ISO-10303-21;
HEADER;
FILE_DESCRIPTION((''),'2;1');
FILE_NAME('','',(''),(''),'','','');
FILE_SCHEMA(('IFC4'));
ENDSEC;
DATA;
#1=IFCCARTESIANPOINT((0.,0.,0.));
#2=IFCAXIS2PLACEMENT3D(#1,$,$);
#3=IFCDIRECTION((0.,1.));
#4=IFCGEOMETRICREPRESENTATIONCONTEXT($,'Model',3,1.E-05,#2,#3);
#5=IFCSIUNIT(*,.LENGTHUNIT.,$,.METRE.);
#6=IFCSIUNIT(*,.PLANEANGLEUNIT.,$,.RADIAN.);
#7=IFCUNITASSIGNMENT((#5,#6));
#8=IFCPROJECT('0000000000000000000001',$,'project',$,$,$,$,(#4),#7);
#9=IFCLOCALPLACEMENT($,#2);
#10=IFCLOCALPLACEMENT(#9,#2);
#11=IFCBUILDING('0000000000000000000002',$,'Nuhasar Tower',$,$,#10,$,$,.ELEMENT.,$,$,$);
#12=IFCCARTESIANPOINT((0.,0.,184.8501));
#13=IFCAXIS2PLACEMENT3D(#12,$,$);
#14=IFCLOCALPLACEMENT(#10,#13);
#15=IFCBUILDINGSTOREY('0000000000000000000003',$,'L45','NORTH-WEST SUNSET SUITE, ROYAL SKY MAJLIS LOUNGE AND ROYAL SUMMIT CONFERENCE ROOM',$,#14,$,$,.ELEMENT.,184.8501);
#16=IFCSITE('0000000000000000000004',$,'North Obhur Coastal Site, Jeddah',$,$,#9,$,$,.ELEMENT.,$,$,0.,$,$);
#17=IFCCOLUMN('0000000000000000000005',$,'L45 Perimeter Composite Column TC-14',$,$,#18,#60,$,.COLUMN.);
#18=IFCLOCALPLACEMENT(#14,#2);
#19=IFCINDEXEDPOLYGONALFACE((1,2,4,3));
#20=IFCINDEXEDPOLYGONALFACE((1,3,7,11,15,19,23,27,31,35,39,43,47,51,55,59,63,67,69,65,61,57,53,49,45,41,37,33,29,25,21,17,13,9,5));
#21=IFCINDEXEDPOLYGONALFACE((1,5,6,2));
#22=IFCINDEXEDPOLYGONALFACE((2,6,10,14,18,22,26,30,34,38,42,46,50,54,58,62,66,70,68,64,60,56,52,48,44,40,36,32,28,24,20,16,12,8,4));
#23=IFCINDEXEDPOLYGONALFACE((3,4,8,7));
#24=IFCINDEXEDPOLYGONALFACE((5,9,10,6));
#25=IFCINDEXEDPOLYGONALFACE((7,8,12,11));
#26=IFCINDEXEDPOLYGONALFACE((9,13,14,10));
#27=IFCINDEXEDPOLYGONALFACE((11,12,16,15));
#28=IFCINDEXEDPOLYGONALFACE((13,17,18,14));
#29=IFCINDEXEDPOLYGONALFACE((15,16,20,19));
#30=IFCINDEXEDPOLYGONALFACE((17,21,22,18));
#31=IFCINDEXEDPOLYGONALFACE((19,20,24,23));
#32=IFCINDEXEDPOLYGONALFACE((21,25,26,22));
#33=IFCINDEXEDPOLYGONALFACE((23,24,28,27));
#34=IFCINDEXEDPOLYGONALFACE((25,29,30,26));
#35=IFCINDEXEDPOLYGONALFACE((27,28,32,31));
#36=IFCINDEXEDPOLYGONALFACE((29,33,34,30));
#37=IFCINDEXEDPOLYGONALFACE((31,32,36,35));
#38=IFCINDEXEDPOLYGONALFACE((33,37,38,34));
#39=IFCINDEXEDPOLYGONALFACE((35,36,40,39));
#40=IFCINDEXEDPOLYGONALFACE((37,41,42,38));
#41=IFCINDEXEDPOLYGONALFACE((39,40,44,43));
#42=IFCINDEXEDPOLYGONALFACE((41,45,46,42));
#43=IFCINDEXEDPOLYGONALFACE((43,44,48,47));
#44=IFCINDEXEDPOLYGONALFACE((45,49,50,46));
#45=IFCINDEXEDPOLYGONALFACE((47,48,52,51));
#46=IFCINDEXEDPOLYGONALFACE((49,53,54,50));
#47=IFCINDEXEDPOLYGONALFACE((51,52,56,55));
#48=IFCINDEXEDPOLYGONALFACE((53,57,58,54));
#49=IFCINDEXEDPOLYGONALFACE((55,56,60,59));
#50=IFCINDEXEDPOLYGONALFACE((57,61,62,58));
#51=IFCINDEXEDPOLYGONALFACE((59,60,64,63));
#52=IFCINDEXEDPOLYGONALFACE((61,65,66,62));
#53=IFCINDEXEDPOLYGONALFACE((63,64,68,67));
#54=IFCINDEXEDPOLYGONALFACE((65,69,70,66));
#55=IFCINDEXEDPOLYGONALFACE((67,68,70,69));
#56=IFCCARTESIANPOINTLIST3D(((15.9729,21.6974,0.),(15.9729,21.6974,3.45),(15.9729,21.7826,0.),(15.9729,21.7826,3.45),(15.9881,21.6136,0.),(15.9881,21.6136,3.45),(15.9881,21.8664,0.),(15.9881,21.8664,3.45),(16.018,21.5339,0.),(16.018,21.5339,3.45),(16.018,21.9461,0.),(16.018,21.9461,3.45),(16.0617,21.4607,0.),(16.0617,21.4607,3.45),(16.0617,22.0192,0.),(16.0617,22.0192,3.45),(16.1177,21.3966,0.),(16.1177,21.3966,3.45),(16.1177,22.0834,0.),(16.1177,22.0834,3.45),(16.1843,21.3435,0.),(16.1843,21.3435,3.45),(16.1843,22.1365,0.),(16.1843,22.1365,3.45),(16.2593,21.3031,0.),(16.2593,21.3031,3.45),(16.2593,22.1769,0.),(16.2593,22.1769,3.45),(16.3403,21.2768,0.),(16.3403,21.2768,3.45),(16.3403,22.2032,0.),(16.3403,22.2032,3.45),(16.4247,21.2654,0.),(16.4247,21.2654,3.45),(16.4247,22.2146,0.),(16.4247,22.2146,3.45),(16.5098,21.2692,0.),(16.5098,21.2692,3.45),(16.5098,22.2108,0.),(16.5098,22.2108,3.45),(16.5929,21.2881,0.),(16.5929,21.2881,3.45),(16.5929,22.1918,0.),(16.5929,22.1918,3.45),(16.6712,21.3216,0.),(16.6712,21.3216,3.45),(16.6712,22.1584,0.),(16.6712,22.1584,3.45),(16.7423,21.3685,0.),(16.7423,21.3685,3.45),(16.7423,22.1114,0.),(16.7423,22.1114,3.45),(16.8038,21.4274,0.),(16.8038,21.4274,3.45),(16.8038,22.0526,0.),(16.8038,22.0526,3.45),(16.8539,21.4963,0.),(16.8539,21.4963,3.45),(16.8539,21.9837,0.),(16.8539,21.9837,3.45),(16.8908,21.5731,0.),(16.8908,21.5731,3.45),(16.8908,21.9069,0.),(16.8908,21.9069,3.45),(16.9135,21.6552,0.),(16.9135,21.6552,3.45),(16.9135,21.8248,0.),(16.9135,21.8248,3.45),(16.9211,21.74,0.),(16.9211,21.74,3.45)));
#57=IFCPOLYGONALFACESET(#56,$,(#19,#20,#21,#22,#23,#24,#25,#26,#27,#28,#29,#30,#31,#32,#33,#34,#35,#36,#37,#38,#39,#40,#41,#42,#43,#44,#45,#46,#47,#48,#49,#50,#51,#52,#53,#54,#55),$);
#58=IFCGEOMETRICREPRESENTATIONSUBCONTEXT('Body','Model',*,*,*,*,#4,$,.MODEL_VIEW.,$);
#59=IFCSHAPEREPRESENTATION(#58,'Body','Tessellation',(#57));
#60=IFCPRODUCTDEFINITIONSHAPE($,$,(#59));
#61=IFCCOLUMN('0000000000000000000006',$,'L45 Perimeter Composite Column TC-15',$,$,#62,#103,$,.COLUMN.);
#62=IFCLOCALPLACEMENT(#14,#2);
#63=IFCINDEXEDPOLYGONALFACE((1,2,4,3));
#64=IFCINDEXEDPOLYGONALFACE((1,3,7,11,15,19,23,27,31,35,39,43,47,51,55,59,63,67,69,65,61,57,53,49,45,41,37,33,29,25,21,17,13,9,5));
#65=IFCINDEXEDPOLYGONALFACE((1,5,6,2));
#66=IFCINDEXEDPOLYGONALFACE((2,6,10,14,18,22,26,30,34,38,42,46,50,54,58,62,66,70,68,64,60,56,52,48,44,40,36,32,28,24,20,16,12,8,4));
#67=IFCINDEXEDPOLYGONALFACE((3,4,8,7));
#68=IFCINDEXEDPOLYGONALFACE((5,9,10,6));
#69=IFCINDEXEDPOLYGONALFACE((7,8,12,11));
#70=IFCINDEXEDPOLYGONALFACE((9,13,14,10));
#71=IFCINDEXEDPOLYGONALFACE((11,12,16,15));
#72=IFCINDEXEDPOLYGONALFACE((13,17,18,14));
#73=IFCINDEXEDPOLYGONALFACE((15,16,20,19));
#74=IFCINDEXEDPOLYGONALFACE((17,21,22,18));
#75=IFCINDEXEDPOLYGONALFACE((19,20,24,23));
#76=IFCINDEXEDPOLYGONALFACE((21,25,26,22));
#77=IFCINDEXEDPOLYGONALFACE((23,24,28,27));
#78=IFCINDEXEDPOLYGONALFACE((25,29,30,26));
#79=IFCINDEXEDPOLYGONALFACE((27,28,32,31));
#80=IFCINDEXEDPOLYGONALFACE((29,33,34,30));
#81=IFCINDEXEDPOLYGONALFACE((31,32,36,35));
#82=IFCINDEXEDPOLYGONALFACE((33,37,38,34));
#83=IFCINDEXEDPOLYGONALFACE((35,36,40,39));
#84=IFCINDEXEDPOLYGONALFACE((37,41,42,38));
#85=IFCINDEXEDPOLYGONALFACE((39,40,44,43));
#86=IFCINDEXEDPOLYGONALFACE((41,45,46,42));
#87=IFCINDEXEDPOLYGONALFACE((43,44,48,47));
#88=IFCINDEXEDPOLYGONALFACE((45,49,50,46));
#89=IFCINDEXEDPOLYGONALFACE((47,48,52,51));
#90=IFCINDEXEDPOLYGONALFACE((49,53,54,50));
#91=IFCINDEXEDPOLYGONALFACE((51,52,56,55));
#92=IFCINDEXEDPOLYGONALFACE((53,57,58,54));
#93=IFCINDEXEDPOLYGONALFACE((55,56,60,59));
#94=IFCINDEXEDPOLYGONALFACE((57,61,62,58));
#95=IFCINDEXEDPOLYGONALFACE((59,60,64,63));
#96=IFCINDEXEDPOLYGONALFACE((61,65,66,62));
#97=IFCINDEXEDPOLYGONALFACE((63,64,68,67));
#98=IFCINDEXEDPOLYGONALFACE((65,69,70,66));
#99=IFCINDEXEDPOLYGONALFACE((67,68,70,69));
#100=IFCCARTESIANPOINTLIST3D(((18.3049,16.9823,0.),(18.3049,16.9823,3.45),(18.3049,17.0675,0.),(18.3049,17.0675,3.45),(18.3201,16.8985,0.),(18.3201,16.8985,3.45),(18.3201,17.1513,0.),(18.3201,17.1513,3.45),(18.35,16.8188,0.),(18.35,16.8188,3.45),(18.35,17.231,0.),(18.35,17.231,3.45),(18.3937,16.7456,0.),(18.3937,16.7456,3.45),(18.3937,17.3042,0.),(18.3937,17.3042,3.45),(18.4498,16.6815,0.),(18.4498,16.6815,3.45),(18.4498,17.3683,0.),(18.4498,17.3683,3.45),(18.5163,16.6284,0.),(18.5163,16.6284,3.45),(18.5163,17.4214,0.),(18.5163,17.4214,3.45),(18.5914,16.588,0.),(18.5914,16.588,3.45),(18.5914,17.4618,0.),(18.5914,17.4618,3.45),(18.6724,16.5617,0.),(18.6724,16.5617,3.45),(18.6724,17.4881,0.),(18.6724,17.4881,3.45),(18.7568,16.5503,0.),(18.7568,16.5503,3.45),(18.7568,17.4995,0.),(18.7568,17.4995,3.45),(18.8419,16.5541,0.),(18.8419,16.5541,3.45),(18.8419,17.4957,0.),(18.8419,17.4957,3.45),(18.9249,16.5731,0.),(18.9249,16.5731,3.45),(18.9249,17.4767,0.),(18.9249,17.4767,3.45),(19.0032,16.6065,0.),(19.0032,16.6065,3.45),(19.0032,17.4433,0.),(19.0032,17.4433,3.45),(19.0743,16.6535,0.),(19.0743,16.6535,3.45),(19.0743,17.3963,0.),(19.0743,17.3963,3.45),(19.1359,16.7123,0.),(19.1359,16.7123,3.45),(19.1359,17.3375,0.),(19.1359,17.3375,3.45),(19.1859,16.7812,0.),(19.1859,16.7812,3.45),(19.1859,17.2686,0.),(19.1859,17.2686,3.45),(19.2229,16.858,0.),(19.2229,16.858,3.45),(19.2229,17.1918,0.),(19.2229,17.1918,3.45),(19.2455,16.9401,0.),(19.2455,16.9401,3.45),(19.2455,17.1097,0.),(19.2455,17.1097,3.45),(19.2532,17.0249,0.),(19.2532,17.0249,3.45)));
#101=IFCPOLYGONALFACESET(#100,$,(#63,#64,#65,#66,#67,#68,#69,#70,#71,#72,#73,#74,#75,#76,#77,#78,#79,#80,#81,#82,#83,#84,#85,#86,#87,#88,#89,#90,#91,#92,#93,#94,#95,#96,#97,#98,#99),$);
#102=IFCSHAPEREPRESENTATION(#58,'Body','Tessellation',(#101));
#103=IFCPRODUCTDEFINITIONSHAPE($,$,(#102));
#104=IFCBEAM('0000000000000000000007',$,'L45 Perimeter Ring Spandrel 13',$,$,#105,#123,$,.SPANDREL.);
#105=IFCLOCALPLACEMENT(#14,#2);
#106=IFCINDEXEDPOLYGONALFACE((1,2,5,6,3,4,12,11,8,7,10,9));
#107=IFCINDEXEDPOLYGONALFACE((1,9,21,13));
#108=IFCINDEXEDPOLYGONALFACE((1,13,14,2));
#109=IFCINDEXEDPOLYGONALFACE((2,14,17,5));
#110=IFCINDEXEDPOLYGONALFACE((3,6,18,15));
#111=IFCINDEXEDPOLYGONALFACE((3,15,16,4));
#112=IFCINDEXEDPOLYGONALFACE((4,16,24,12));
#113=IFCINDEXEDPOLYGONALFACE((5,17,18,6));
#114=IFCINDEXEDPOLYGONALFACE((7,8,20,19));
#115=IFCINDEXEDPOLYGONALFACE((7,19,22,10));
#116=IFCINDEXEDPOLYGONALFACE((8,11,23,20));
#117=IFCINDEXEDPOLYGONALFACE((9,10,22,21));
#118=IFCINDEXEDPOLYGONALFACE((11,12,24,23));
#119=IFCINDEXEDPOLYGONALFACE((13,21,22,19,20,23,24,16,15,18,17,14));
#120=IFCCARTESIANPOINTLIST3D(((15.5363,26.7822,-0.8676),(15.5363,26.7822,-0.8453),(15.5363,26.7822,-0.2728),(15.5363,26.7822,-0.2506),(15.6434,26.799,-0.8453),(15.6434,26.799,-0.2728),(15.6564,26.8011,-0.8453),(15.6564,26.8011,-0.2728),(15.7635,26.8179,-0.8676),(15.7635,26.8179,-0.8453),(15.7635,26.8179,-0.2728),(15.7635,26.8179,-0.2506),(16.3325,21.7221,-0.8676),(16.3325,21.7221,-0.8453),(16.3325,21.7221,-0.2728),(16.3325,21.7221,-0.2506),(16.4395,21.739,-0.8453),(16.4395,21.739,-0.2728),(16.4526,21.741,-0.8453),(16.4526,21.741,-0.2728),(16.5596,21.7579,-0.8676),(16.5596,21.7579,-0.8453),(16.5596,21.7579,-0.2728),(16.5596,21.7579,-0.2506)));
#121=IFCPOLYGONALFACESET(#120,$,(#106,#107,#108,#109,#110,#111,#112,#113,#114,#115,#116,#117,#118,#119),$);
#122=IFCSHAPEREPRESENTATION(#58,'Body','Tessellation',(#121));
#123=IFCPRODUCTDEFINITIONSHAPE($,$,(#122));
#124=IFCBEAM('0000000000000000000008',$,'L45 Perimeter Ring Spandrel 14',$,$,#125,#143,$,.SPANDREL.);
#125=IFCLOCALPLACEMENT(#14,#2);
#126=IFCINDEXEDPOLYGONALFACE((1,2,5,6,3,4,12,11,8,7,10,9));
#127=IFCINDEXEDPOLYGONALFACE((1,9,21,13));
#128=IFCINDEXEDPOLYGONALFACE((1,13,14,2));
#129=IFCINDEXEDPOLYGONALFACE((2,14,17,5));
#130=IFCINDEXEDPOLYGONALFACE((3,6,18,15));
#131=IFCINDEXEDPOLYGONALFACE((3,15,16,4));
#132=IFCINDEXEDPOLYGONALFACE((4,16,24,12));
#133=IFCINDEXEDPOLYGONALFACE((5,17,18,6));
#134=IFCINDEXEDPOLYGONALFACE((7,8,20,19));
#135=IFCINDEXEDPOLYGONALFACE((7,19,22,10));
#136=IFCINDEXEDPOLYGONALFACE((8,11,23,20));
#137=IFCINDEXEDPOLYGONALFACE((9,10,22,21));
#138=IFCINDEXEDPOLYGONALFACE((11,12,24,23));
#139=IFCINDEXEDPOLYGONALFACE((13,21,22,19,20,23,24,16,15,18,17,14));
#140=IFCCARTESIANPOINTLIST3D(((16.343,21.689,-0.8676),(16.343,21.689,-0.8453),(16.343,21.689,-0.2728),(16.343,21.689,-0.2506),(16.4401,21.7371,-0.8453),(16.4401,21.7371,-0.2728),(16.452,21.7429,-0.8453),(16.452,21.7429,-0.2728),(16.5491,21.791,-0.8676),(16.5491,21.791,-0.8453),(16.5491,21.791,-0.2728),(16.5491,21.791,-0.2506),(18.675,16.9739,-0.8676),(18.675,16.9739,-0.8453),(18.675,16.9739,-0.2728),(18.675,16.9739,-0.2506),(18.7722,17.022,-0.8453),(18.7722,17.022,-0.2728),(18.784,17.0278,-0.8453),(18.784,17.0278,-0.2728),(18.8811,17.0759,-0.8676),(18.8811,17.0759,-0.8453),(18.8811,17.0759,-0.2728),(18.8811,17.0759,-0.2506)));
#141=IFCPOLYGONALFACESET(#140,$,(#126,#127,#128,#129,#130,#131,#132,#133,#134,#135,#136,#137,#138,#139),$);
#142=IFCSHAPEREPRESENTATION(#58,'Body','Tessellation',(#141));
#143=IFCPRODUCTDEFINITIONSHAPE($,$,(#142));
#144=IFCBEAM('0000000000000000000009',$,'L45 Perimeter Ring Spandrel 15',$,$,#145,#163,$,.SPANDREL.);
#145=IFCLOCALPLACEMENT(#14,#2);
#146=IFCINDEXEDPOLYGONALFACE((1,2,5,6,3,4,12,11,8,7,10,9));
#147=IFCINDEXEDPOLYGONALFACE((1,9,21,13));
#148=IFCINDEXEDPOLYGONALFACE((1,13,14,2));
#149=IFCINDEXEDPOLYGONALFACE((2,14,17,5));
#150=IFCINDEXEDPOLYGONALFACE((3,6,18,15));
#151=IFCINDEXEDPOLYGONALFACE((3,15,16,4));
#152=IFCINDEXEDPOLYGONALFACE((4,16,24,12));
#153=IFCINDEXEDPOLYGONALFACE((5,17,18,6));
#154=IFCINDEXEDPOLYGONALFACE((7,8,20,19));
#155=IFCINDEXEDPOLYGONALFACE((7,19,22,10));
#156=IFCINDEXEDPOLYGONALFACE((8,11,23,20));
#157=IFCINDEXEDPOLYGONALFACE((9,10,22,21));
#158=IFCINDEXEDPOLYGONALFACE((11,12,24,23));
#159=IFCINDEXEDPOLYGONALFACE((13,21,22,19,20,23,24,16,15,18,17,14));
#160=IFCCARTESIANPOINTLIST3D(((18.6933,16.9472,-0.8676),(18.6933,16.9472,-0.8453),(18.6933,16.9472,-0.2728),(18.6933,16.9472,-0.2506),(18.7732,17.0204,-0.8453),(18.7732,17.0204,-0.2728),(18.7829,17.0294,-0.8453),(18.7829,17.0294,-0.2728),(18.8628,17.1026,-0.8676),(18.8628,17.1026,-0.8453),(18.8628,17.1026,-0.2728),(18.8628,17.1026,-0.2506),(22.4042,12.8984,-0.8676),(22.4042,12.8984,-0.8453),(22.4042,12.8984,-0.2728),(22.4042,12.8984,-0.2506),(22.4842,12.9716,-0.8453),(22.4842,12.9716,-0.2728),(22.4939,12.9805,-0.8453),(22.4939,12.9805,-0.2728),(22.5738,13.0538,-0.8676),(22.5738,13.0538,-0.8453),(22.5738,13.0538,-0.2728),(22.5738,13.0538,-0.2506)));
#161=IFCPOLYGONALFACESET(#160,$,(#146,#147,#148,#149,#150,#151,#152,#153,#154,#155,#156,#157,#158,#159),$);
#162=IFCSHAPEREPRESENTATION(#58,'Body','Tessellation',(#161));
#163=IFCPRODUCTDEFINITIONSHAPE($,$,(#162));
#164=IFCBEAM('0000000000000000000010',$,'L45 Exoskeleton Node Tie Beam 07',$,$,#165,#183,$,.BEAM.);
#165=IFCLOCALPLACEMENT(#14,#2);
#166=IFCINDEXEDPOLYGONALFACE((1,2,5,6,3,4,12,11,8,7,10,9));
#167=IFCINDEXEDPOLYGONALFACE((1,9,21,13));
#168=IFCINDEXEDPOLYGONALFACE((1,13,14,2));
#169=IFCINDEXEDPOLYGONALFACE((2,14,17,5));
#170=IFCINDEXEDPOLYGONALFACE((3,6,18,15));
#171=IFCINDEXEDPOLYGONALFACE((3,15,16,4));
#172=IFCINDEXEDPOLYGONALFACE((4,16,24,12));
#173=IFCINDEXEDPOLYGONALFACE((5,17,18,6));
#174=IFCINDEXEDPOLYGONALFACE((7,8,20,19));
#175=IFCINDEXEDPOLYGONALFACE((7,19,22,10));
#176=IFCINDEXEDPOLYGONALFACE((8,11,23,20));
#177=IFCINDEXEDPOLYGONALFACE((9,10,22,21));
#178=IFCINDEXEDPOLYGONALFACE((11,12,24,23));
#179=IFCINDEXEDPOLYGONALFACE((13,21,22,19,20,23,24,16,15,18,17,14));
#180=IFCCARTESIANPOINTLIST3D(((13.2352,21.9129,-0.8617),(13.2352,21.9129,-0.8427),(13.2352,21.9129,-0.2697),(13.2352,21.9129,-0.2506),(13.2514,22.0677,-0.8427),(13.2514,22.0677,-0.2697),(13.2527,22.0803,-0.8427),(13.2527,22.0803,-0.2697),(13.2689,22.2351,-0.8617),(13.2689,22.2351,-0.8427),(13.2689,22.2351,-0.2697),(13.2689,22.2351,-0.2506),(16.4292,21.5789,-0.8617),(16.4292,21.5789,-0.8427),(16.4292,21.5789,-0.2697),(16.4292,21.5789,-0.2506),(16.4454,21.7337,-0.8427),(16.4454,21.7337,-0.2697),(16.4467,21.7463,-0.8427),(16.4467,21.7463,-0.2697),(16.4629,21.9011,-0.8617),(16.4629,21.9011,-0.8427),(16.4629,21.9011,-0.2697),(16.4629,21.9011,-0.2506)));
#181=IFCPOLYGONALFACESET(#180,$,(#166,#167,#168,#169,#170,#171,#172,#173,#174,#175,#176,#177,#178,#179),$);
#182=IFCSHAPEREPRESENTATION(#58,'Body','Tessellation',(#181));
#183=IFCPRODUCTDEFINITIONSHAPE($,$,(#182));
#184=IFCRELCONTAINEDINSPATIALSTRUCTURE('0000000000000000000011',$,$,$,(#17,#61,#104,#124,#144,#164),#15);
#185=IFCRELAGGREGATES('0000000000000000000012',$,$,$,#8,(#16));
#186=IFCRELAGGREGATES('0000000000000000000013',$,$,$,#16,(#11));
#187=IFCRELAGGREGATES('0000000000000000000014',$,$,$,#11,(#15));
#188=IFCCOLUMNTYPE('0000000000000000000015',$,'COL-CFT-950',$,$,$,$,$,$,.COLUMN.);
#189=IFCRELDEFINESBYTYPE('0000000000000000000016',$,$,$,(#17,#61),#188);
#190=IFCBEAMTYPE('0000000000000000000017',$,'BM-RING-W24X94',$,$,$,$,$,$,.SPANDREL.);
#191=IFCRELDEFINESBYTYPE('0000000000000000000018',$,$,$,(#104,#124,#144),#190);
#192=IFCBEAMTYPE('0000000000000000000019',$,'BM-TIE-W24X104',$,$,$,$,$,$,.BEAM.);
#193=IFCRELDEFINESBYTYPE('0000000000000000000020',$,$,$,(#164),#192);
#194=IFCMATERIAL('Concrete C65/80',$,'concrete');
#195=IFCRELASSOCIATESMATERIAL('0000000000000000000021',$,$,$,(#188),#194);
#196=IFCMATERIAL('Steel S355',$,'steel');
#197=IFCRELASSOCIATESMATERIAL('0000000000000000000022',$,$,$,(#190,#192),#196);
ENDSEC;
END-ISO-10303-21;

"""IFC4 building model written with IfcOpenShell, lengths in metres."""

from ifc_helpers import new_model, si_unit, direction, frame, origin, origin_2d, place, context, subcontext, project, spatial, circle, i_section, extrude, material, material_profile, profile_set, type_object, element, save


model = new_model("IFC4")

# Units and contexts
model_context = context("Model", 3, precision=1e-05, world=origin(), true_north=direction((0.0, 1.0)))
body_context = subcontext(model_context, "Body", "Model", "MODEL_VIEW")
ifc_project = project(units=[si_unit("LENGTHUNIT", "METRE"), si_unit("PLANEANGLEUNIT", "RADIAN")], contexts=[model_context])

# Site, building, storey
site_placement = place(None, origin())
site = spatial("IfcSite", under=ifc_project, at=site_placement, Name="North Obhur Coastal Site, Jeddah", CompositionType="ELEMENT", RefElevation=0.0)
building_placement = place(site_placement, origin())
building = spatial("IfcBuilding", under=site, at=building_placement, Name="Nuhasar Tower", CompositionType="ELEMENT")
storey_placement = place(building_placement, frame((0.0, 0.0, 184.8501)))
storey = spatial("IfcBuildingStorey", under=building, at=storey_placement, Name="L45", Description="NORTH-WEST SUNSET SUITE, ROYAL SKY MAJLIS LOUNGE AND ROYAL SUMMIT CONFERENCE ROOM", CompositionType="ELEMENT", Elevation=184.8501)

# Columns
ifc_material_1 = material(Name="Concrete C65/80", Category="concrete")
ifc_material_profile_1 = material_profile(ifc_material_1, circle(Radius=0.4751, at=origin_2d()), Name="CFT950")
ifc_profile_set_1 = profile_set([ifc_material_profile_1], Name="Concrete C65/80")
column_type = type_object("IfcColumnType", Name="COL-CFT-950", PredefinedType="COLUMN", material=ifc_profile_set_1)
for number, where, z_axis, x_axis, name in (
    (1, (16.446, 21.74, 0.0), (0.0, 0.0, 1.0), (1.0, 0.0, 0.0), "L45 Perimeter Composite Column TC-14"),
    (2, (18.7781, 17.0249, 0.0), (0.0, 0.0, 1.0), (1.0, 0.0, 0.0), "L45 Perimeter Composite Column TC-15"),
):
    element("IfcColumn", number, at=place(storey_placement, frame(where, z_axis=z_axis, x_axis=x_axis)), inside=storey, type_object=column_type, Name=name, PredefinedType="COLUMN", context=body_context, shape_type="SweptSolid", body=[
        extrude(circle(Radius=0.4751, at=origin_2d()), origin(), (0.0, 0.0, 1.0), 3.45),
    ])

# Beams
ifc_material_2 = material(Name="Steel S355", Category="steel")
ifc_material_profile_2 = material_profile(ifc_material_2, i_section(OverallWidth=0.23, OverallDepth=0.6169, WebThickness=0.0132, FlangeThickness=0.0222, at=origin_2d()), Name="W24X94")
ifc_profile_set_2 = profile_set([ifc_material_profile_2], Name="Steel S355")
beam_type_1 = type_object("IfcBeamType", Name="BM-RING-W24X94", PredefinedType="SPANDREL", material=ifc_profile_set_2)
beam_1_placement = place(storey_placement, frame((15.6499, 26.8, -0.5591), z_axis=(0.155427, -0.987847, 0.0), x_axis=(0.987847, 0.155427, 0.0)))
element("IfcBeam", 3, at=beam_1_placement, inside=storey, type_object=beam_type_1, Name="L45 Perimeter Ring Spandrel 13", PredefinedType="SPANDREL", context=body_context, shape_type="SweptSolid", body=[
    extrude(i_section(OverallWidth=0.23, OverallDepth=0.6169, WebThickness=0.0132, FlangeThickness=0.0222, at=origin_2d()), origin(), (0.0, 0.0, 1.0), 5.1223),
])
beam_2_placement = place(storey_placement, frame((16.446, 21.74, -0.5591), z_axis=(0.443329, -0.896359, 0.0), x_axis=(0.896359, 0.443329, 0.0)))
element("IfcBeam", 4, at=beam_2_placement, inside=storey, type_object=beam_type_1, Name="L45 Perimeter Ring Spandrel 14", PredefinedType="SPANDREL", context=body_context, shape_type="SweptSolid", body=[
    extrude(i_section(OverallWidth=0.23, OverallDepth=0.6169, WebThickness=0.0132, FlangeThickness=0.0222, at=origin_2d()), origin(), (0.0, 0.0, 1.0), 5.2603),
])
beam_3_placement = place(storey_placement, frame((18.7781, 17.0249, -0.5591), z_axis=(0.675676, -0.737198, 0.0), x_axis=(0.737198, 0.675676, 0.0)))
element("IfcBeam", 5, at=beam_3_placement, inside=storey, type_object=beam_type_1, Name="L45 Perimeter Ring Spandrel 15", PredefinedType="SPANDREL", context=body_context, shape_type="SweptSolid", body=[
    extrude(i_section(OverallWidth=0.23, OverallDepth=0.6169, WebThickness=0.0132, FlangeThickness=0.0222, at=origin_2d()), origin(), (0.0, 0.0, 1.0), 5.4922),
])
ifc_material_profile_3 = material_profile(ifc_material_2, i_section(OverallWidth=0.324, OverallDepth=0.6111, WebThickness=0.0127, FlangeThickness=0.019, at=origin_2d()), Name="W24X104")
ifc_profile_set_3 = profile_set([ifc_material_profile_3], Name="Steel S355")
beam_type_2 = type_object("IfcBeamType", Name="BM-TIE-W24X104", PredefinedType="BEAM", material=ifc_profile_set_3)
beam_4_placement = place(storey_placement, frame((16.446, 21.74, -0.5562), z_axis=(-0.994578, 0.103996, 0.0), x_axis=(-0.103996, -0.994578, 0.0)))
element("IfcBeam", 6, at=beam_4_placement, inside=storey, type_object=beam_type_2, Name="L45 Exoskeleton Node Tie Beam 07", PredefinedType="BEAM", context=body_context, shape_type="SweptSolid", body=[
    extrude(i_section(OverallWidth=0.324, OverallDepth=0.6111, WebThickness=0.0127, FlangeThickness=0.019, at=origin_2d()), origin(), (0.0, 0.0, 1.0), 3.2114),
])

save(model, "model.ifc")
